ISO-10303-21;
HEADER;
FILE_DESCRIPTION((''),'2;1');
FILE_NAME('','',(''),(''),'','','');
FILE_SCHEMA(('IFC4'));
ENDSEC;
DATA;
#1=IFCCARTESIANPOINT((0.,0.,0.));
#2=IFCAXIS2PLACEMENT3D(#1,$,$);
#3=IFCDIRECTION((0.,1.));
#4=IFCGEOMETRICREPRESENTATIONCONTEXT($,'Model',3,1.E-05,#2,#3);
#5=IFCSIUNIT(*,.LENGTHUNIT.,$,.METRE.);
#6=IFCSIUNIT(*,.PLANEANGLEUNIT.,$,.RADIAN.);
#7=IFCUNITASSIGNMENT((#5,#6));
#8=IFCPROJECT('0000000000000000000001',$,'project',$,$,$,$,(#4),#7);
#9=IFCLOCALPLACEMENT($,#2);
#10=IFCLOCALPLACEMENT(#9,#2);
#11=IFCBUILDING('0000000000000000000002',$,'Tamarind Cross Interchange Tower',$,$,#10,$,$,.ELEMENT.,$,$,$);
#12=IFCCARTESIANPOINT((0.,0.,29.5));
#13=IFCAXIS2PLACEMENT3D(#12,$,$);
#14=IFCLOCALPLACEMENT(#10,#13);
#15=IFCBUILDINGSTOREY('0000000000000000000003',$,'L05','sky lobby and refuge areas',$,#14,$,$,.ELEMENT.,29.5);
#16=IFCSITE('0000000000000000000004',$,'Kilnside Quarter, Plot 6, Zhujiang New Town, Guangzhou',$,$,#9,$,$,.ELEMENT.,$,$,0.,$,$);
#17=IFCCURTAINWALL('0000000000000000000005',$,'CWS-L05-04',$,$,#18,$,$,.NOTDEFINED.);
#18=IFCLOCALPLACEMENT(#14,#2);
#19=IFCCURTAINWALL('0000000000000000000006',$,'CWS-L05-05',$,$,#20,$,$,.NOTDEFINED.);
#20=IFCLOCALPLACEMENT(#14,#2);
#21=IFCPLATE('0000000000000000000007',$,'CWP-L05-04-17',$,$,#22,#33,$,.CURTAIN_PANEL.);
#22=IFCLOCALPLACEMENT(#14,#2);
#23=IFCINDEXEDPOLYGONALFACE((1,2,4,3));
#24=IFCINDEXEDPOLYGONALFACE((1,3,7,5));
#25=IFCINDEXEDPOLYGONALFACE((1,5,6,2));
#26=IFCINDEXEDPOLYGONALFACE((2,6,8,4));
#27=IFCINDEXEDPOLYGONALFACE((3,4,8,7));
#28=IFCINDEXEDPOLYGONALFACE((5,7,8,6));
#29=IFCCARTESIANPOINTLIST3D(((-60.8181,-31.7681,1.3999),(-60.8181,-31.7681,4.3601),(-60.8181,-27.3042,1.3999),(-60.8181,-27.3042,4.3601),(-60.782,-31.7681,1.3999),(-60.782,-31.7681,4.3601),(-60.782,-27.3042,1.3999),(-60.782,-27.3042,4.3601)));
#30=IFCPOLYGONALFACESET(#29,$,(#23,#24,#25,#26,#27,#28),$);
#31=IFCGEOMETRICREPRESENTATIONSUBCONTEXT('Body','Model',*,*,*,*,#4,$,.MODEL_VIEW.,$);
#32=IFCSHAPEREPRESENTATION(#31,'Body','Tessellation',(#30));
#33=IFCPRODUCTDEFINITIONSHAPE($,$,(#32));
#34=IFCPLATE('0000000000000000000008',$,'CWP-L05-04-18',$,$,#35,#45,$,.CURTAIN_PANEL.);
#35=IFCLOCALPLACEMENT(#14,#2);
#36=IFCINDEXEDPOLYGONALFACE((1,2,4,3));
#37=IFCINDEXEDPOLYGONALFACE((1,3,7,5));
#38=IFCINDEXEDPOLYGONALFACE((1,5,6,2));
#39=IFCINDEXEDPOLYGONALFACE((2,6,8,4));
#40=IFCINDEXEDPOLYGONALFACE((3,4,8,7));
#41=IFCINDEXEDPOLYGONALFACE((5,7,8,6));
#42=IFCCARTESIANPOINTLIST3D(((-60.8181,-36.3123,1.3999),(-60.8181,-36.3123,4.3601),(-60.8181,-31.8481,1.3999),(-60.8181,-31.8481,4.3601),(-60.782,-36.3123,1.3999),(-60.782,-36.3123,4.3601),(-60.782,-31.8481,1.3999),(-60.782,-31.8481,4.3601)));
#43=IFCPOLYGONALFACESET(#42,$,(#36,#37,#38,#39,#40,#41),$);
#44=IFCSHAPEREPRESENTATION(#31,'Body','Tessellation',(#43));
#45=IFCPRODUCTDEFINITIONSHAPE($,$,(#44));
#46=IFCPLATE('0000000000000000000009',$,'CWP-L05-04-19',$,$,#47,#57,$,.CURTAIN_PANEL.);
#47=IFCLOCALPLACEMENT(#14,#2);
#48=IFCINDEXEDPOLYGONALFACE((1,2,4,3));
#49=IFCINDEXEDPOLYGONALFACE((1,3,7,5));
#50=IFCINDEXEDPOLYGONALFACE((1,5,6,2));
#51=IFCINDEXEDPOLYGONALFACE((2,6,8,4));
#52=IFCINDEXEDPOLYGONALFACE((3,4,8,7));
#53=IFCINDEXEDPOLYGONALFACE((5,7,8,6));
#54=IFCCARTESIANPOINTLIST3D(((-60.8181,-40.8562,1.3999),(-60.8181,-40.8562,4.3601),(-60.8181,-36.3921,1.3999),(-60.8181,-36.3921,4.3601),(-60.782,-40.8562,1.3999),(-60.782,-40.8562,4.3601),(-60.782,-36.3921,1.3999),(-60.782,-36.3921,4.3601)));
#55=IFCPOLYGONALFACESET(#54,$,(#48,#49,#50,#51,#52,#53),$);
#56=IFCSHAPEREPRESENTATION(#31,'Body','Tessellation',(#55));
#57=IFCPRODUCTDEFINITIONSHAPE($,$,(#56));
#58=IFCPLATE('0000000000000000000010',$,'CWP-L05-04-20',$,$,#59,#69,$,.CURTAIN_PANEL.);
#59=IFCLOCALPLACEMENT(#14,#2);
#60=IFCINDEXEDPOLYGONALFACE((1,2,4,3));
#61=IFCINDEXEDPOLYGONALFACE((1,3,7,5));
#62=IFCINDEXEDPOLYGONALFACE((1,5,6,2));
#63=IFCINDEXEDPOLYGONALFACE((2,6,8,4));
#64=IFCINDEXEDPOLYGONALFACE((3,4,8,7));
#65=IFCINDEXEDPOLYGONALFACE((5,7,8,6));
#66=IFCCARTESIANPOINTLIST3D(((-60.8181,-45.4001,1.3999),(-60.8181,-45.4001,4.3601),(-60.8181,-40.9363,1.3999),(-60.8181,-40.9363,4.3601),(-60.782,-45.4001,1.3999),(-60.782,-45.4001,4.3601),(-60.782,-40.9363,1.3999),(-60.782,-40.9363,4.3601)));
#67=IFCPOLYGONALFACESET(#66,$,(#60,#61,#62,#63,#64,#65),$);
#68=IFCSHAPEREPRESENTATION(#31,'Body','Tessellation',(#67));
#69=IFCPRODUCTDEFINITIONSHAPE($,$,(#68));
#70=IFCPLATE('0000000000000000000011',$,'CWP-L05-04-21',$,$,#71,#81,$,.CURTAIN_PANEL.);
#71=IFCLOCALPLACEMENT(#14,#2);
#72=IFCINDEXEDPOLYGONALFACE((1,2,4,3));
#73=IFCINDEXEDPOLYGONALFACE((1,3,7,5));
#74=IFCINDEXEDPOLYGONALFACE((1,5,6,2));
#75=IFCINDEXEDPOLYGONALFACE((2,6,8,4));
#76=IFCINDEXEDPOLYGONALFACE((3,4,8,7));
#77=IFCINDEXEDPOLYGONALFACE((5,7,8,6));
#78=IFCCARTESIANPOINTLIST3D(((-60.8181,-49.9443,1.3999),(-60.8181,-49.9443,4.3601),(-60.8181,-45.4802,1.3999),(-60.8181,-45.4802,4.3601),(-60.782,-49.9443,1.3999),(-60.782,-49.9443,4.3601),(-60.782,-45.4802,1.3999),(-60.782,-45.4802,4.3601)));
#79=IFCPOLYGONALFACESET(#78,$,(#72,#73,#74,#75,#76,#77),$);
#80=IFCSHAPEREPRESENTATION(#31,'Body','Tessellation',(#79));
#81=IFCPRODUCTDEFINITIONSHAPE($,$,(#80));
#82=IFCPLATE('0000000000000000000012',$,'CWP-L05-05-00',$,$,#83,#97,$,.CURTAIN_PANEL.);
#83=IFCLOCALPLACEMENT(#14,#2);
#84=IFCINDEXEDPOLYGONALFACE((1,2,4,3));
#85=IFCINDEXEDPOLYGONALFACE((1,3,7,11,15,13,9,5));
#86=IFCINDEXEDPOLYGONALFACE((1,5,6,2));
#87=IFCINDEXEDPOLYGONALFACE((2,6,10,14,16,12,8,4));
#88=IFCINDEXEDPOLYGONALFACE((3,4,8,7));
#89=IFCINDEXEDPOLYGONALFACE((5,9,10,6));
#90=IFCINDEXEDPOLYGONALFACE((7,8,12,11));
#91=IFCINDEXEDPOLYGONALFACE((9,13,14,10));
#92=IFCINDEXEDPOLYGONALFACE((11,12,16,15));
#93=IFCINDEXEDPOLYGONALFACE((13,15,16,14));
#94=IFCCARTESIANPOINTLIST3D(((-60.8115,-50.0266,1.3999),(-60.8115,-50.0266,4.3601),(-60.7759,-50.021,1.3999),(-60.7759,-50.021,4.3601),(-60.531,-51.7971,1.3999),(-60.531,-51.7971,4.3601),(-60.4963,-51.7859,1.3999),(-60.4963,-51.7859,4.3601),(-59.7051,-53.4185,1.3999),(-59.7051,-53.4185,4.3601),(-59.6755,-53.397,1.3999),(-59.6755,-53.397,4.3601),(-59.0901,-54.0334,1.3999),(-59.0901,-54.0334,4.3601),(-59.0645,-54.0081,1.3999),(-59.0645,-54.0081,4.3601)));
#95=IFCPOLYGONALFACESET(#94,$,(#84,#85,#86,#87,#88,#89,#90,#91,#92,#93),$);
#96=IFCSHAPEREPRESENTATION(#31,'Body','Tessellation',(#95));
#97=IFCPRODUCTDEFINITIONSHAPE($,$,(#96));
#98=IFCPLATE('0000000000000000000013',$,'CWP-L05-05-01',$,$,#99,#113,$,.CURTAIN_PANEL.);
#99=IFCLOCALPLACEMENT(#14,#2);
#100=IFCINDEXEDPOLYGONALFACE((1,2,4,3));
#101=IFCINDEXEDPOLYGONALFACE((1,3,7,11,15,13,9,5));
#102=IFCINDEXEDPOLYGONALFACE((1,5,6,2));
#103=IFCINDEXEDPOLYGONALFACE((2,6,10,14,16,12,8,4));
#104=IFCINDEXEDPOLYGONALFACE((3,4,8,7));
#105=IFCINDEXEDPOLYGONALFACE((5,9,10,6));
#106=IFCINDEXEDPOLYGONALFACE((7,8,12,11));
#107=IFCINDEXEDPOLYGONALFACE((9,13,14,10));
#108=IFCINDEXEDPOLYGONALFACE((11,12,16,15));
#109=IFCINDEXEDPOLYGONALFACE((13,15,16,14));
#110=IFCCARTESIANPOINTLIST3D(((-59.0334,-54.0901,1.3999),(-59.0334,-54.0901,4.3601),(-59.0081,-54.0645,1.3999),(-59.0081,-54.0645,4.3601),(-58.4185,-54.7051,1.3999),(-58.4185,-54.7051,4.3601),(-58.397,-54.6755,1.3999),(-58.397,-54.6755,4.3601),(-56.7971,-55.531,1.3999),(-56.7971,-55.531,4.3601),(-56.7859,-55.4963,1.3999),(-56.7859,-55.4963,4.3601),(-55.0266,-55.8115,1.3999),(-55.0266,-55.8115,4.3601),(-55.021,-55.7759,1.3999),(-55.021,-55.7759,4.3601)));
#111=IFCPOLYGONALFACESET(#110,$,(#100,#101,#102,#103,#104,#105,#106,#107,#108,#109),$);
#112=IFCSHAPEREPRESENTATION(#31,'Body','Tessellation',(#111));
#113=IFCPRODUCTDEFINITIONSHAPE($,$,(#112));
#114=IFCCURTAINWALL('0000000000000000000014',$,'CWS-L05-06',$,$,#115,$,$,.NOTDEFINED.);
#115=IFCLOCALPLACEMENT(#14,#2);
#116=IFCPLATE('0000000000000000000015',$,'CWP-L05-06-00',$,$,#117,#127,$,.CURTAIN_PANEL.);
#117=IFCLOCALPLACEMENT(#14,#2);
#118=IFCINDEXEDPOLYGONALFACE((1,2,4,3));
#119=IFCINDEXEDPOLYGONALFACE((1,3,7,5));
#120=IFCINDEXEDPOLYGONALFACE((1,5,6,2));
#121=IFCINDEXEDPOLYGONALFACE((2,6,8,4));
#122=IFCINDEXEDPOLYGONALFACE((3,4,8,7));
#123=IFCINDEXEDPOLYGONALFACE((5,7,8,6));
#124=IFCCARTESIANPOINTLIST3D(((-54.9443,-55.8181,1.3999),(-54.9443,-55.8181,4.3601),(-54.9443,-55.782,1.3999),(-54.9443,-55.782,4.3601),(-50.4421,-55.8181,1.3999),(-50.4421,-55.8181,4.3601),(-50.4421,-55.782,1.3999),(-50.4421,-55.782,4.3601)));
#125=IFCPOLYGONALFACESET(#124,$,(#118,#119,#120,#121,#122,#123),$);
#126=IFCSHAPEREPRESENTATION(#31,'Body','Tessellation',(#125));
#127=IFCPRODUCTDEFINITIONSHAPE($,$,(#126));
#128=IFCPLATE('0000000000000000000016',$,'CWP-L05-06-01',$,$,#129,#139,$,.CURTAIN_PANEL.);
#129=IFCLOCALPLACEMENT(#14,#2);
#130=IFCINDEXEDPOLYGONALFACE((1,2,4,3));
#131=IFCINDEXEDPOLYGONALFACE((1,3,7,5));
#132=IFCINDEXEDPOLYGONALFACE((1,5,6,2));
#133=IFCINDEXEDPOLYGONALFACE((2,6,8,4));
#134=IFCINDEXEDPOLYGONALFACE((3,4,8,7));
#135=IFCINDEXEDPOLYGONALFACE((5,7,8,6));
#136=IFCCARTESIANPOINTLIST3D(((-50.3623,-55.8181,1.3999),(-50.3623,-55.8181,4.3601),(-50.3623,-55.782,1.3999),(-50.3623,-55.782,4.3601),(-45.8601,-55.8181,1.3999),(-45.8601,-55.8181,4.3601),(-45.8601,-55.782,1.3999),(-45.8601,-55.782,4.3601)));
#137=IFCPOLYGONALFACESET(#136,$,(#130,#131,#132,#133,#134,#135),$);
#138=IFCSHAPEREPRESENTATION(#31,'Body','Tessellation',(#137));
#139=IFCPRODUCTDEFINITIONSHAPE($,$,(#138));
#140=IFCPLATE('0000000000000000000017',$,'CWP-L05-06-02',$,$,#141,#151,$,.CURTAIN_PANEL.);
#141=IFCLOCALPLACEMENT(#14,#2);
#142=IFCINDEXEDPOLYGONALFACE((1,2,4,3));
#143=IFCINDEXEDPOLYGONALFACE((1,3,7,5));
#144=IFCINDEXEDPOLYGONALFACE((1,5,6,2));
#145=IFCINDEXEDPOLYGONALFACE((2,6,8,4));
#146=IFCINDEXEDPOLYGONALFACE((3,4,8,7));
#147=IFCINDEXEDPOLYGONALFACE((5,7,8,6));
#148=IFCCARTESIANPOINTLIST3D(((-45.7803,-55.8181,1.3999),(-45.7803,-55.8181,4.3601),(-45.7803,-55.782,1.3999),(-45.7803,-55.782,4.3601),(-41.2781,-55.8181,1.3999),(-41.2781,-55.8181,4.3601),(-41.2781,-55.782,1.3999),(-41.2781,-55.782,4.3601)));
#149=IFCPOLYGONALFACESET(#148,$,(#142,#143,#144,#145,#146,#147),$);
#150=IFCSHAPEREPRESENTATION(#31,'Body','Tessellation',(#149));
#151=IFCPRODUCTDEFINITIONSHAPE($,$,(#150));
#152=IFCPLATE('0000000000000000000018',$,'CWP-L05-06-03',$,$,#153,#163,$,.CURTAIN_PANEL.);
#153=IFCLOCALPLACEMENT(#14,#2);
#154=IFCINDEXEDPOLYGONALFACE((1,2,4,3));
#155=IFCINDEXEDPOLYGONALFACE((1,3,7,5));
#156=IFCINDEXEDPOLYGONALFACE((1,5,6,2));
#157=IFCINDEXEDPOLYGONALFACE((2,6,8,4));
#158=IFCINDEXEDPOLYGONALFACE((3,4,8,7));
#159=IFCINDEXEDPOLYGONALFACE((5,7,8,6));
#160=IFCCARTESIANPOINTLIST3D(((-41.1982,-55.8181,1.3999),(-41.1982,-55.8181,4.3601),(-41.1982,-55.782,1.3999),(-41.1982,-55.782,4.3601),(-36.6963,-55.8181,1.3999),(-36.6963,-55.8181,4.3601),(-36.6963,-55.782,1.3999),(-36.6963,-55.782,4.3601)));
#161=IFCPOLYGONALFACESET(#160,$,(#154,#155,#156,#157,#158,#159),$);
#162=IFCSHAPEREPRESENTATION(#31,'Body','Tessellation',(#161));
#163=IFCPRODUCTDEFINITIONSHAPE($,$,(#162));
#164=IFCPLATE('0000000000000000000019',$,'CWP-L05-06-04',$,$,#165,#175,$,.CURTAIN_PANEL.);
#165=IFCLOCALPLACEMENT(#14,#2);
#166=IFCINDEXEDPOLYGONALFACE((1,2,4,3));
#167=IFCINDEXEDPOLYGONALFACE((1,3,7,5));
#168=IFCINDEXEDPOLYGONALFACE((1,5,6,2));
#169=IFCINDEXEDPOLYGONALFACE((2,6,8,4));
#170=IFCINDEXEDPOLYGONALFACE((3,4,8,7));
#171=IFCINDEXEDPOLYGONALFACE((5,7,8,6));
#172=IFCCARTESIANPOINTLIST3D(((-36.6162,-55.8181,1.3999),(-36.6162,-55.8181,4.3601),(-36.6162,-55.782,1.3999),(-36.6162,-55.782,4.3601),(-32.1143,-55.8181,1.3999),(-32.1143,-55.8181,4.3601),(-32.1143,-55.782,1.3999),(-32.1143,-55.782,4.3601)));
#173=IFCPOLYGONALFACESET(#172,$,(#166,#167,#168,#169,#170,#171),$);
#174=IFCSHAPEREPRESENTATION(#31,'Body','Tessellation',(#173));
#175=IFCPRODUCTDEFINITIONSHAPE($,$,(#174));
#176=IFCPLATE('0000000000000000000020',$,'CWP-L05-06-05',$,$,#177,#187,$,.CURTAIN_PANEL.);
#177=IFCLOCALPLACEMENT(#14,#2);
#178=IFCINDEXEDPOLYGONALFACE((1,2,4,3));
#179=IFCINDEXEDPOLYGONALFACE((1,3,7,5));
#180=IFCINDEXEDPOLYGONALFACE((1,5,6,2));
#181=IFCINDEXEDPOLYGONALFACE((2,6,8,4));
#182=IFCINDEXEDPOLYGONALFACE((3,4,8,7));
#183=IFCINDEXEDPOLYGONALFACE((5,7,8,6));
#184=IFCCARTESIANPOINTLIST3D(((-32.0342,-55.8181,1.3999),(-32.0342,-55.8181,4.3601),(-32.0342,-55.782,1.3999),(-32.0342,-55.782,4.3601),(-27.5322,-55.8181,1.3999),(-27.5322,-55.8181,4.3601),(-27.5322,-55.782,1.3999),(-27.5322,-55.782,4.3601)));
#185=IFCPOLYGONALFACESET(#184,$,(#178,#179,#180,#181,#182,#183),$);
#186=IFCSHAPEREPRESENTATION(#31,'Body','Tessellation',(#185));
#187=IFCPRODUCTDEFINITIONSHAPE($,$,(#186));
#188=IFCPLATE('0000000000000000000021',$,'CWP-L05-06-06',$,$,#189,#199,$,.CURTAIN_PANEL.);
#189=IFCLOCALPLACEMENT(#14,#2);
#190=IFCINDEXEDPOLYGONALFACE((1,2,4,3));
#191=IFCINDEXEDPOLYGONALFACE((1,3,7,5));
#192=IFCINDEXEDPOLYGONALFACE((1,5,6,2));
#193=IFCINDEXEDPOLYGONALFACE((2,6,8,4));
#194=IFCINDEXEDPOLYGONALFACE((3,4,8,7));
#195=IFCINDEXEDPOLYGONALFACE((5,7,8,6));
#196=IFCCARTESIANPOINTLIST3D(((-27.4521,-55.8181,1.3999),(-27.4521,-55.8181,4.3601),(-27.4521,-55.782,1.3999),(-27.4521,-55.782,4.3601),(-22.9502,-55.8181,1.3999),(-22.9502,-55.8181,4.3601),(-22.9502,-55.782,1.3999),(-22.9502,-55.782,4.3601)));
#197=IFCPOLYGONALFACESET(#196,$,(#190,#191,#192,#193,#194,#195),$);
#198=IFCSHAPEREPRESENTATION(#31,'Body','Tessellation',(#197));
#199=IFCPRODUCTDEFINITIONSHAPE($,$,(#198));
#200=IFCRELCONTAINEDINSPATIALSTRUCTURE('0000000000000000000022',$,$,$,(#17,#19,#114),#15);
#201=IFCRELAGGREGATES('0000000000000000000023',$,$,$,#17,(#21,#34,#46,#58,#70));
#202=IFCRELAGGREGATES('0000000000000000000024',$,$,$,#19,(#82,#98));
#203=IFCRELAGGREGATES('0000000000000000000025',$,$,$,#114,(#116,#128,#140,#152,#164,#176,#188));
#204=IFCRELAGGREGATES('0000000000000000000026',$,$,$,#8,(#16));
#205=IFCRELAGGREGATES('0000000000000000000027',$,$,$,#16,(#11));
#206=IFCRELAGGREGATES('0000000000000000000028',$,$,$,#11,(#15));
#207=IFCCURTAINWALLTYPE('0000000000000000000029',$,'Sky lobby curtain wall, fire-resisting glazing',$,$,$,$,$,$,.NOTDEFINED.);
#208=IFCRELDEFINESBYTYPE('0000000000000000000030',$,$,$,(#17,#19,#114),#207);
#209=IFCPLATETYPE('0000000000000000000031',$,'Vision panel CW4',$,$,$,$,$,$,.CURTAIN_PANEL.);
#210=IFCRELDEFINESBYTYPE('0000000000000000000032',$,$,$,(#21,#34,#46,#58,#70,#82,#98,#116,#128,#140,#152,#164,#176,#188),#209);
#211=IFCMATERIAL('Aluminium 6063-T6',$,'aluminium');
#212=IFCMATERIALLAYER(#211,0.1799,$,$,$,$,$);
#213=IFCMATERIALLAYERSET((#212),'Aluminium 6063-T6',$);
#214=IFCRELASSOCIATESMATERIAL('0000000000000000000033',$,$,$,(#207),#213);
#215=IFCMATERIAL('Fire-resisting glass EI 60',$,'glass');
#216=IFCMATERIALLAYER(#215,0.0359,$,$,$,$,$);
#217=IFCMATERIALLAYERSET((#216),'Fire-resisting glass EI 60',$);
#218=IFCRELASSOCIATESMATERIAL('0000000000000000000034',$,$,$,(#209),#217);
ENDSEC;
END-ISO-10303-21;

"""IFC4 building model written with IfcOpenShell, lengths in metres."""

from ifc_helpers import new_model, si_unit, direction, frame, origin, place, context, subcontext, project, spatial, polyline, outline, extrude, material, layer, layer_set, type_object, element, aggregate, save


model = new_model("IFC4")

# Units and contexts
model_context = context("Model", 3, precision=1e-05, world=origin(), true_north=direction((0.0, 1.0)))
body_context = subcontext(model_context, "Body", "Model", "MODEL_VIEW")
ifc_project = project(units=[si_unit("LENGTHUNIT", "METRE"), si_unit("PLANEANGLEUNIT", "RADIAN")], contexts=[model_context])

# Site, building, storey
site_placement = place(None, origin())
site = spatial("IfcSite", under=ifc_project, at=site_placement, Name="Kilnside Quarter, Plot 6, Zhujiang New Town, Guangzhou", CompositionType="ELEMENT", RefElevation=0.0)
building_placement = place(site_placement, origin())
building = spatial("IfcBuilding", under=site, at=building_placement, Name="Tamarind Cross Interchange Tower", CompositionType="ELEMENT")
storey_placement = place(building_placement, frame((0.0, 0.0, 29.5)))
storey = spatial("IfcBuildingStorey", under=building, at=storey_placement, Name="L05", Description="sky lobby and refuge areas", CompositionType="ELEMENT", Elevation=29.5)

# Curtain walls
ifc_material_1 = material(Name="Aluminium 6063-T6", Category="aluminium")
ifc_layer_1 = layer(ifc_material_1, 0.1799)
ifc_layer_set_1 = layer_set([ifc_layer_1], Name="Aluminium 6063-T6")
curtain_wall_type = type_object("IfcCurtainWallType", Name="Sky lobby curtain wall, fire-resisting glazing", PredefinedType="NOTDEFINED", material=ifc_layer_set_1)
curtain_wall_1_placement = place(storey_placement, origin())
curtain_wall_1 = element("IfcCurtainWall", 1, at=curtain_wall_1_placement, inside=storey, type_object=curtain_wall_type, Name="CWS-L05-04", PredefinedType="NOTDEFINED")
curtain_wall_2_placement = place(storey_placement, origin())
curtain_wall_2 = element("IfcCurtainWall", 2, at=curtain_wall_2_placement, inside=storey, type_object=curtain_wall_type, Name="CWS-L05-05", PredefinedType="NOTDEFINED")

# Plates
ifc_material_2 = material(Name="Fire-resisting glass EI 60", Category="glass")
ifc_layer_2 = layer(ifc_material_2, 0.0359)
ifc_layer_set_2 = layer_set([ifc_layer_2], Name="Fire-resisting glass EI 60")
plate_type = type_object("IfcPlateType", Name="Vision panel CW4", PredefinedType="CURTAIN_PANEL", material=ifc_layer_set_2)
plate_1_placement = place(storey_placement, frame((0.0, 0.0, 1.3999)))
plate_1 = element("IfcPlate", 3, at=plate_1_placement, type_object=plate_type, Name="CWP-L05-04-17", PredefinedType="CURTAIN_PANEL", context=body_context, shape_type="SweptSolid", body=[
    extrude(outline(polyline([(-60.782, -27.3042), (-60.782, -31.7681), (-60.8181, -31.7681), (-60.8181, -27.3042), (-60.782, -27.3042)])), origin(), (0.0, 0.0, 1.0), 2.9602),
])
plate_2_placement = place(storey_placement, frame((0.0, 0.0, 1.3999)))
plate_2 = element("IfcPlate", 4, at=plate_2_placement, type_object=plate_type, Name="CWP-L05-04-18", PredefinedType="CURTAIN_PANEL", context=body_context, shape_type="SweptSolid", body=[
    extrude(outline(polyline([(-60.782, -31.8481), (-60.782, -36.3123), (-60.8181, -36.3123), (-60.8181, -31.8481), (-60.782, -31.8481)])), origin(), (0.0, 0.0, 1.0), 2.9602),
])
plate_3_placement = place(storey_placement, frame((0.0, 0.0, 1.3999)))
plate_3 = element("IfcPlate", 5, at=plate_3_placement, type_object=plate_type, Name="CWP-L05-04-19", PredefinedType="CURTAIN_PANEL", context=body_context, shape_type="SweptSolid", body=[
    extrude(outline(polyline([(-60.782, -36.3921), (-60.782, -40.8562), (-60.8181, -40.8562), (-60.8181, -36.3921), (-60.782, -36.3921)])), origin(), (0.0, 0.0, 1.0), 2.9602),
])
plate_4_placement = place(storey_placement, frame((0.0, 0.0, 1.3999)))
plate_4 = element("IfcPlate", 6, at=plate_4_placement, type_object=plate_type, Name="CWP-L05-04-20", PredefinedType="CURTAIN_PANEL", context=body_context, shape_type="SweptSolid", body=[
    extrude(outline(polyline([(-60.782, -40.9363), (-60.782, -45.4001), (-60.8181, -45.4001), (-60.8181, -40.9363), (-60.782, -40.9363)])), origin(), (0.0, 0.0, 1.0), 2.9602),
])
plate_5_placement = place(storey_placement, frame((0.0, 0.0, 1.3999)))
plate_5 = element("IfcPlate", 7, at=plate_5_placement, type_object=plate_type, Name="CWP-L05-04-21", PredefinedType="CURTAIN_PANEL", context=body_context, shape_type="SweptSolid", body=[
    extrude(outline(polyline([(-60.782, -45.4802), (-60.782, -49.9443), (-60.8181, -49.9443), (-60.8181, -45.4802), (-60.782, -45.4802)])), origin(), (0.0, 0.0, 1.0), 2.9602),
])
aggregate(curtain_wall_1, [plate_1, plate_2, plate_3, plate_4, plate_5])
plate_6_placement = place(storey_placement, frame((0.0, 0.0, 1.3999)))
plate_6 = element("IfcPlate", 8, at=plate_6_placement, type_object=plate_type, Name="CWP-L05-05-00", PredefinedType="CURTAIN_PANEL", context=body_context, shape_type="SweptSolid", body=[
    extrude(outline(polyline([(-60.7759, -50.021), (-60.4963, -51.7859), (-59.6755, -53.397), (-59.0645, -54.0081), (-59.0901, -54.0334), (-59.7051, -53.4185), (-60.531, -51.7971), (-60.8115, -50.0266), (-60.7759, -50.021)])), origin(), (0.0, 0.0, 1.0), 2.9602),
])
plate_7_placement = place(storey_placement, frame((0.0, 0.0, 1.3999)))
plate_7 = element("IfcPlate", 9, at=plate_7_placement, type_object=plate_type, Name="CWP-L05-05-01", PredefinedType="CURTAIN_PANEL", context=body_context, shape_type="SweptSolid", body=[
    extrude(outline(polyline([(-59.0081, -54.0645), (-58.397, -54.6755), (-56.7859, -55.4963), (-55.021, -55.7759), (-55.0266, -55.8115), (-56.7971, -55.531), (-58.4185, -54.7051), (-59.0334, -54.0901), (-59.0081, -54.0645)])), origin(), (0.0, 0.0, 1.0), 2.9602),
])
aggregate(curtain_wall_2, [plate_6, plate_7])

# Curtain wall, plates
curtain_wall_3_placement = place(storey_placement, origin())
curtain_wall_3 = element("IfcCurtainWall", 10, at=curtain_wall_3_placement, inside=storey, type_object=curtain_wall_type, Name="CWS-L05-06", PredefinedType="NOTDEFINED")
plate_8_placement = place(storey_placement, frame((0.0, 0.0, 1.3999)))
plate_8 = element("IfcPlate", 11, at=plate_8_placement, type_object=plate_type, Name="CWP-L05-06-00", PredefinedType="CURTAIN_PANEL", context=body_context, shape_type="SweptSolid", body=[
    extrude(outline(polyline([(-54.9443, -55.782), (-50.4421, -55.782), (-50.4421, -55.8181), (-54.9443, -55.8181), (-54.9443, -55.782)])), origin(), (0.0, 0.0, 1.0), 2.9602),
])
plate_9_placement = place(storey_placement, frame((0.0, 0.0, 1.3999)))
plate_9 = element("IfcPlate", 12, at=plate_9_placement, type_object=plate_type, Name="CWP-L05-06-01", PredefinedType="CURTAIN_PANEL", context=body_context, shape_type="SweptSolid", body=[
    extrude(outline(polyline([(-50.3623, -55.782), (-45.8601, -55.782), (-45.8601, -55.8181), (-50.3623, -55.8181), (-50.3623, -55.782)])), origin(), (0.0, 0.0, 1.0), 2.9602),
])
plate_10_placement = place(storey_placement, frame((0.0, 0.0, 1.3999)))
plate_10 = element("IfcPlate", 13, at=plate_10_placement, type_object=plate_type, Name="CWP-L05-06-02", PredefinedType="CURTAIN_PANEL", context=body_context, shape_type="SweptSolid", body=[
    extrude(outline(polyline([(-45.7803, -55.782), (-41.2781, -55.782), (-41.2781, -55.8181), (-45.7803, -55.8181), (-45.7803, -55.782)])), origin(), (0.0, 0.0, 1.0), 2.9602),
])
plate_11_placement = place(storey_placement, frame((0.0, 0.0, 1.3999)))
plate_11 = element("IfcPlate", 14, at=plate_11_placement, type_object=plate_type, Name="CWP-L05-06-03", PredefinedType="CURTAIN_PANEL", context=body_context, shape_type="SweptSolid", body=[
    extrude(outline(polyline([(-41.1982, -55.782), (-36.6963, -55.782), (-36.6963, -55.8181), (-41.1982, -55.8181), (-41.1982, -55.782)])), origin(), (0.0, 0.0, 1.0), 2.9602),
])
plate_12_placement = place(storey_placement, frame((0.0, 0.0, 1.3999)))
plate_12 = element("IfcPlate", 15, at=plate_12_placement, type_object=plate_type, Name="CWP-L05-06-04", PredefinedType="CURTAIN_PANEL", context=body_context, shape_type="SweptSolid", body=[
    extrude(outline(polyline([(-36.6162, -55.782), (-32.1143, -55.782), (-32.1143, -55.8181), (-36.6162, -55.8181), (-36.6162, -55.782)])), origin(), (0.0, 0.0, 1.0), 2.9602),
])
plate_13_placement = place(storey_placement, frame((0.0, 0.0, 1.3999)))
plate_13 = element("IfcPlate", 16, at=plate_13_placement, type_object=plate_type, Name="CWP-L05-06-05", PredefinedType="CURTAIN_PANEL", context=body_context, shape_type="SweptSolid", body=[
    extrude(outline(polyline([(-32.0342, -55.782), (-27.5322, -55.782), (-27.5322, -55.8181), (-32.0342, -55.8181), (-32.0342, -55.782)])), origin(), (0.0, 0.0, 1.0), 2.9602),
])
plate_14_placement = place(storey_placement, frame((0.0, 0.0, 1.3999)))
plate_14 = element("IfcPlate", 17, at=plate_14_placement, type_object=plate_type, Name="CWP-L05-06-06", PredefinedType="CURTAIN_PANEL", context=body_context, shape_type="SweptSolid", body=[
    extrude(outline(polyline([(-27.4521, -55.782), (-22.9502, -55.782), (-22.9502, -55.8181), (-27.4521, -55.8181), (-27.4521, -55.782)])), origin(), (0.0, 0.0, 1.0), 2.9602),
])
aggregate(curtain_wall_3, [plate_8, plate_9, plate_10, plate_11, plate_12, plate_13, plate_14])

save(model, "model.ifc")
